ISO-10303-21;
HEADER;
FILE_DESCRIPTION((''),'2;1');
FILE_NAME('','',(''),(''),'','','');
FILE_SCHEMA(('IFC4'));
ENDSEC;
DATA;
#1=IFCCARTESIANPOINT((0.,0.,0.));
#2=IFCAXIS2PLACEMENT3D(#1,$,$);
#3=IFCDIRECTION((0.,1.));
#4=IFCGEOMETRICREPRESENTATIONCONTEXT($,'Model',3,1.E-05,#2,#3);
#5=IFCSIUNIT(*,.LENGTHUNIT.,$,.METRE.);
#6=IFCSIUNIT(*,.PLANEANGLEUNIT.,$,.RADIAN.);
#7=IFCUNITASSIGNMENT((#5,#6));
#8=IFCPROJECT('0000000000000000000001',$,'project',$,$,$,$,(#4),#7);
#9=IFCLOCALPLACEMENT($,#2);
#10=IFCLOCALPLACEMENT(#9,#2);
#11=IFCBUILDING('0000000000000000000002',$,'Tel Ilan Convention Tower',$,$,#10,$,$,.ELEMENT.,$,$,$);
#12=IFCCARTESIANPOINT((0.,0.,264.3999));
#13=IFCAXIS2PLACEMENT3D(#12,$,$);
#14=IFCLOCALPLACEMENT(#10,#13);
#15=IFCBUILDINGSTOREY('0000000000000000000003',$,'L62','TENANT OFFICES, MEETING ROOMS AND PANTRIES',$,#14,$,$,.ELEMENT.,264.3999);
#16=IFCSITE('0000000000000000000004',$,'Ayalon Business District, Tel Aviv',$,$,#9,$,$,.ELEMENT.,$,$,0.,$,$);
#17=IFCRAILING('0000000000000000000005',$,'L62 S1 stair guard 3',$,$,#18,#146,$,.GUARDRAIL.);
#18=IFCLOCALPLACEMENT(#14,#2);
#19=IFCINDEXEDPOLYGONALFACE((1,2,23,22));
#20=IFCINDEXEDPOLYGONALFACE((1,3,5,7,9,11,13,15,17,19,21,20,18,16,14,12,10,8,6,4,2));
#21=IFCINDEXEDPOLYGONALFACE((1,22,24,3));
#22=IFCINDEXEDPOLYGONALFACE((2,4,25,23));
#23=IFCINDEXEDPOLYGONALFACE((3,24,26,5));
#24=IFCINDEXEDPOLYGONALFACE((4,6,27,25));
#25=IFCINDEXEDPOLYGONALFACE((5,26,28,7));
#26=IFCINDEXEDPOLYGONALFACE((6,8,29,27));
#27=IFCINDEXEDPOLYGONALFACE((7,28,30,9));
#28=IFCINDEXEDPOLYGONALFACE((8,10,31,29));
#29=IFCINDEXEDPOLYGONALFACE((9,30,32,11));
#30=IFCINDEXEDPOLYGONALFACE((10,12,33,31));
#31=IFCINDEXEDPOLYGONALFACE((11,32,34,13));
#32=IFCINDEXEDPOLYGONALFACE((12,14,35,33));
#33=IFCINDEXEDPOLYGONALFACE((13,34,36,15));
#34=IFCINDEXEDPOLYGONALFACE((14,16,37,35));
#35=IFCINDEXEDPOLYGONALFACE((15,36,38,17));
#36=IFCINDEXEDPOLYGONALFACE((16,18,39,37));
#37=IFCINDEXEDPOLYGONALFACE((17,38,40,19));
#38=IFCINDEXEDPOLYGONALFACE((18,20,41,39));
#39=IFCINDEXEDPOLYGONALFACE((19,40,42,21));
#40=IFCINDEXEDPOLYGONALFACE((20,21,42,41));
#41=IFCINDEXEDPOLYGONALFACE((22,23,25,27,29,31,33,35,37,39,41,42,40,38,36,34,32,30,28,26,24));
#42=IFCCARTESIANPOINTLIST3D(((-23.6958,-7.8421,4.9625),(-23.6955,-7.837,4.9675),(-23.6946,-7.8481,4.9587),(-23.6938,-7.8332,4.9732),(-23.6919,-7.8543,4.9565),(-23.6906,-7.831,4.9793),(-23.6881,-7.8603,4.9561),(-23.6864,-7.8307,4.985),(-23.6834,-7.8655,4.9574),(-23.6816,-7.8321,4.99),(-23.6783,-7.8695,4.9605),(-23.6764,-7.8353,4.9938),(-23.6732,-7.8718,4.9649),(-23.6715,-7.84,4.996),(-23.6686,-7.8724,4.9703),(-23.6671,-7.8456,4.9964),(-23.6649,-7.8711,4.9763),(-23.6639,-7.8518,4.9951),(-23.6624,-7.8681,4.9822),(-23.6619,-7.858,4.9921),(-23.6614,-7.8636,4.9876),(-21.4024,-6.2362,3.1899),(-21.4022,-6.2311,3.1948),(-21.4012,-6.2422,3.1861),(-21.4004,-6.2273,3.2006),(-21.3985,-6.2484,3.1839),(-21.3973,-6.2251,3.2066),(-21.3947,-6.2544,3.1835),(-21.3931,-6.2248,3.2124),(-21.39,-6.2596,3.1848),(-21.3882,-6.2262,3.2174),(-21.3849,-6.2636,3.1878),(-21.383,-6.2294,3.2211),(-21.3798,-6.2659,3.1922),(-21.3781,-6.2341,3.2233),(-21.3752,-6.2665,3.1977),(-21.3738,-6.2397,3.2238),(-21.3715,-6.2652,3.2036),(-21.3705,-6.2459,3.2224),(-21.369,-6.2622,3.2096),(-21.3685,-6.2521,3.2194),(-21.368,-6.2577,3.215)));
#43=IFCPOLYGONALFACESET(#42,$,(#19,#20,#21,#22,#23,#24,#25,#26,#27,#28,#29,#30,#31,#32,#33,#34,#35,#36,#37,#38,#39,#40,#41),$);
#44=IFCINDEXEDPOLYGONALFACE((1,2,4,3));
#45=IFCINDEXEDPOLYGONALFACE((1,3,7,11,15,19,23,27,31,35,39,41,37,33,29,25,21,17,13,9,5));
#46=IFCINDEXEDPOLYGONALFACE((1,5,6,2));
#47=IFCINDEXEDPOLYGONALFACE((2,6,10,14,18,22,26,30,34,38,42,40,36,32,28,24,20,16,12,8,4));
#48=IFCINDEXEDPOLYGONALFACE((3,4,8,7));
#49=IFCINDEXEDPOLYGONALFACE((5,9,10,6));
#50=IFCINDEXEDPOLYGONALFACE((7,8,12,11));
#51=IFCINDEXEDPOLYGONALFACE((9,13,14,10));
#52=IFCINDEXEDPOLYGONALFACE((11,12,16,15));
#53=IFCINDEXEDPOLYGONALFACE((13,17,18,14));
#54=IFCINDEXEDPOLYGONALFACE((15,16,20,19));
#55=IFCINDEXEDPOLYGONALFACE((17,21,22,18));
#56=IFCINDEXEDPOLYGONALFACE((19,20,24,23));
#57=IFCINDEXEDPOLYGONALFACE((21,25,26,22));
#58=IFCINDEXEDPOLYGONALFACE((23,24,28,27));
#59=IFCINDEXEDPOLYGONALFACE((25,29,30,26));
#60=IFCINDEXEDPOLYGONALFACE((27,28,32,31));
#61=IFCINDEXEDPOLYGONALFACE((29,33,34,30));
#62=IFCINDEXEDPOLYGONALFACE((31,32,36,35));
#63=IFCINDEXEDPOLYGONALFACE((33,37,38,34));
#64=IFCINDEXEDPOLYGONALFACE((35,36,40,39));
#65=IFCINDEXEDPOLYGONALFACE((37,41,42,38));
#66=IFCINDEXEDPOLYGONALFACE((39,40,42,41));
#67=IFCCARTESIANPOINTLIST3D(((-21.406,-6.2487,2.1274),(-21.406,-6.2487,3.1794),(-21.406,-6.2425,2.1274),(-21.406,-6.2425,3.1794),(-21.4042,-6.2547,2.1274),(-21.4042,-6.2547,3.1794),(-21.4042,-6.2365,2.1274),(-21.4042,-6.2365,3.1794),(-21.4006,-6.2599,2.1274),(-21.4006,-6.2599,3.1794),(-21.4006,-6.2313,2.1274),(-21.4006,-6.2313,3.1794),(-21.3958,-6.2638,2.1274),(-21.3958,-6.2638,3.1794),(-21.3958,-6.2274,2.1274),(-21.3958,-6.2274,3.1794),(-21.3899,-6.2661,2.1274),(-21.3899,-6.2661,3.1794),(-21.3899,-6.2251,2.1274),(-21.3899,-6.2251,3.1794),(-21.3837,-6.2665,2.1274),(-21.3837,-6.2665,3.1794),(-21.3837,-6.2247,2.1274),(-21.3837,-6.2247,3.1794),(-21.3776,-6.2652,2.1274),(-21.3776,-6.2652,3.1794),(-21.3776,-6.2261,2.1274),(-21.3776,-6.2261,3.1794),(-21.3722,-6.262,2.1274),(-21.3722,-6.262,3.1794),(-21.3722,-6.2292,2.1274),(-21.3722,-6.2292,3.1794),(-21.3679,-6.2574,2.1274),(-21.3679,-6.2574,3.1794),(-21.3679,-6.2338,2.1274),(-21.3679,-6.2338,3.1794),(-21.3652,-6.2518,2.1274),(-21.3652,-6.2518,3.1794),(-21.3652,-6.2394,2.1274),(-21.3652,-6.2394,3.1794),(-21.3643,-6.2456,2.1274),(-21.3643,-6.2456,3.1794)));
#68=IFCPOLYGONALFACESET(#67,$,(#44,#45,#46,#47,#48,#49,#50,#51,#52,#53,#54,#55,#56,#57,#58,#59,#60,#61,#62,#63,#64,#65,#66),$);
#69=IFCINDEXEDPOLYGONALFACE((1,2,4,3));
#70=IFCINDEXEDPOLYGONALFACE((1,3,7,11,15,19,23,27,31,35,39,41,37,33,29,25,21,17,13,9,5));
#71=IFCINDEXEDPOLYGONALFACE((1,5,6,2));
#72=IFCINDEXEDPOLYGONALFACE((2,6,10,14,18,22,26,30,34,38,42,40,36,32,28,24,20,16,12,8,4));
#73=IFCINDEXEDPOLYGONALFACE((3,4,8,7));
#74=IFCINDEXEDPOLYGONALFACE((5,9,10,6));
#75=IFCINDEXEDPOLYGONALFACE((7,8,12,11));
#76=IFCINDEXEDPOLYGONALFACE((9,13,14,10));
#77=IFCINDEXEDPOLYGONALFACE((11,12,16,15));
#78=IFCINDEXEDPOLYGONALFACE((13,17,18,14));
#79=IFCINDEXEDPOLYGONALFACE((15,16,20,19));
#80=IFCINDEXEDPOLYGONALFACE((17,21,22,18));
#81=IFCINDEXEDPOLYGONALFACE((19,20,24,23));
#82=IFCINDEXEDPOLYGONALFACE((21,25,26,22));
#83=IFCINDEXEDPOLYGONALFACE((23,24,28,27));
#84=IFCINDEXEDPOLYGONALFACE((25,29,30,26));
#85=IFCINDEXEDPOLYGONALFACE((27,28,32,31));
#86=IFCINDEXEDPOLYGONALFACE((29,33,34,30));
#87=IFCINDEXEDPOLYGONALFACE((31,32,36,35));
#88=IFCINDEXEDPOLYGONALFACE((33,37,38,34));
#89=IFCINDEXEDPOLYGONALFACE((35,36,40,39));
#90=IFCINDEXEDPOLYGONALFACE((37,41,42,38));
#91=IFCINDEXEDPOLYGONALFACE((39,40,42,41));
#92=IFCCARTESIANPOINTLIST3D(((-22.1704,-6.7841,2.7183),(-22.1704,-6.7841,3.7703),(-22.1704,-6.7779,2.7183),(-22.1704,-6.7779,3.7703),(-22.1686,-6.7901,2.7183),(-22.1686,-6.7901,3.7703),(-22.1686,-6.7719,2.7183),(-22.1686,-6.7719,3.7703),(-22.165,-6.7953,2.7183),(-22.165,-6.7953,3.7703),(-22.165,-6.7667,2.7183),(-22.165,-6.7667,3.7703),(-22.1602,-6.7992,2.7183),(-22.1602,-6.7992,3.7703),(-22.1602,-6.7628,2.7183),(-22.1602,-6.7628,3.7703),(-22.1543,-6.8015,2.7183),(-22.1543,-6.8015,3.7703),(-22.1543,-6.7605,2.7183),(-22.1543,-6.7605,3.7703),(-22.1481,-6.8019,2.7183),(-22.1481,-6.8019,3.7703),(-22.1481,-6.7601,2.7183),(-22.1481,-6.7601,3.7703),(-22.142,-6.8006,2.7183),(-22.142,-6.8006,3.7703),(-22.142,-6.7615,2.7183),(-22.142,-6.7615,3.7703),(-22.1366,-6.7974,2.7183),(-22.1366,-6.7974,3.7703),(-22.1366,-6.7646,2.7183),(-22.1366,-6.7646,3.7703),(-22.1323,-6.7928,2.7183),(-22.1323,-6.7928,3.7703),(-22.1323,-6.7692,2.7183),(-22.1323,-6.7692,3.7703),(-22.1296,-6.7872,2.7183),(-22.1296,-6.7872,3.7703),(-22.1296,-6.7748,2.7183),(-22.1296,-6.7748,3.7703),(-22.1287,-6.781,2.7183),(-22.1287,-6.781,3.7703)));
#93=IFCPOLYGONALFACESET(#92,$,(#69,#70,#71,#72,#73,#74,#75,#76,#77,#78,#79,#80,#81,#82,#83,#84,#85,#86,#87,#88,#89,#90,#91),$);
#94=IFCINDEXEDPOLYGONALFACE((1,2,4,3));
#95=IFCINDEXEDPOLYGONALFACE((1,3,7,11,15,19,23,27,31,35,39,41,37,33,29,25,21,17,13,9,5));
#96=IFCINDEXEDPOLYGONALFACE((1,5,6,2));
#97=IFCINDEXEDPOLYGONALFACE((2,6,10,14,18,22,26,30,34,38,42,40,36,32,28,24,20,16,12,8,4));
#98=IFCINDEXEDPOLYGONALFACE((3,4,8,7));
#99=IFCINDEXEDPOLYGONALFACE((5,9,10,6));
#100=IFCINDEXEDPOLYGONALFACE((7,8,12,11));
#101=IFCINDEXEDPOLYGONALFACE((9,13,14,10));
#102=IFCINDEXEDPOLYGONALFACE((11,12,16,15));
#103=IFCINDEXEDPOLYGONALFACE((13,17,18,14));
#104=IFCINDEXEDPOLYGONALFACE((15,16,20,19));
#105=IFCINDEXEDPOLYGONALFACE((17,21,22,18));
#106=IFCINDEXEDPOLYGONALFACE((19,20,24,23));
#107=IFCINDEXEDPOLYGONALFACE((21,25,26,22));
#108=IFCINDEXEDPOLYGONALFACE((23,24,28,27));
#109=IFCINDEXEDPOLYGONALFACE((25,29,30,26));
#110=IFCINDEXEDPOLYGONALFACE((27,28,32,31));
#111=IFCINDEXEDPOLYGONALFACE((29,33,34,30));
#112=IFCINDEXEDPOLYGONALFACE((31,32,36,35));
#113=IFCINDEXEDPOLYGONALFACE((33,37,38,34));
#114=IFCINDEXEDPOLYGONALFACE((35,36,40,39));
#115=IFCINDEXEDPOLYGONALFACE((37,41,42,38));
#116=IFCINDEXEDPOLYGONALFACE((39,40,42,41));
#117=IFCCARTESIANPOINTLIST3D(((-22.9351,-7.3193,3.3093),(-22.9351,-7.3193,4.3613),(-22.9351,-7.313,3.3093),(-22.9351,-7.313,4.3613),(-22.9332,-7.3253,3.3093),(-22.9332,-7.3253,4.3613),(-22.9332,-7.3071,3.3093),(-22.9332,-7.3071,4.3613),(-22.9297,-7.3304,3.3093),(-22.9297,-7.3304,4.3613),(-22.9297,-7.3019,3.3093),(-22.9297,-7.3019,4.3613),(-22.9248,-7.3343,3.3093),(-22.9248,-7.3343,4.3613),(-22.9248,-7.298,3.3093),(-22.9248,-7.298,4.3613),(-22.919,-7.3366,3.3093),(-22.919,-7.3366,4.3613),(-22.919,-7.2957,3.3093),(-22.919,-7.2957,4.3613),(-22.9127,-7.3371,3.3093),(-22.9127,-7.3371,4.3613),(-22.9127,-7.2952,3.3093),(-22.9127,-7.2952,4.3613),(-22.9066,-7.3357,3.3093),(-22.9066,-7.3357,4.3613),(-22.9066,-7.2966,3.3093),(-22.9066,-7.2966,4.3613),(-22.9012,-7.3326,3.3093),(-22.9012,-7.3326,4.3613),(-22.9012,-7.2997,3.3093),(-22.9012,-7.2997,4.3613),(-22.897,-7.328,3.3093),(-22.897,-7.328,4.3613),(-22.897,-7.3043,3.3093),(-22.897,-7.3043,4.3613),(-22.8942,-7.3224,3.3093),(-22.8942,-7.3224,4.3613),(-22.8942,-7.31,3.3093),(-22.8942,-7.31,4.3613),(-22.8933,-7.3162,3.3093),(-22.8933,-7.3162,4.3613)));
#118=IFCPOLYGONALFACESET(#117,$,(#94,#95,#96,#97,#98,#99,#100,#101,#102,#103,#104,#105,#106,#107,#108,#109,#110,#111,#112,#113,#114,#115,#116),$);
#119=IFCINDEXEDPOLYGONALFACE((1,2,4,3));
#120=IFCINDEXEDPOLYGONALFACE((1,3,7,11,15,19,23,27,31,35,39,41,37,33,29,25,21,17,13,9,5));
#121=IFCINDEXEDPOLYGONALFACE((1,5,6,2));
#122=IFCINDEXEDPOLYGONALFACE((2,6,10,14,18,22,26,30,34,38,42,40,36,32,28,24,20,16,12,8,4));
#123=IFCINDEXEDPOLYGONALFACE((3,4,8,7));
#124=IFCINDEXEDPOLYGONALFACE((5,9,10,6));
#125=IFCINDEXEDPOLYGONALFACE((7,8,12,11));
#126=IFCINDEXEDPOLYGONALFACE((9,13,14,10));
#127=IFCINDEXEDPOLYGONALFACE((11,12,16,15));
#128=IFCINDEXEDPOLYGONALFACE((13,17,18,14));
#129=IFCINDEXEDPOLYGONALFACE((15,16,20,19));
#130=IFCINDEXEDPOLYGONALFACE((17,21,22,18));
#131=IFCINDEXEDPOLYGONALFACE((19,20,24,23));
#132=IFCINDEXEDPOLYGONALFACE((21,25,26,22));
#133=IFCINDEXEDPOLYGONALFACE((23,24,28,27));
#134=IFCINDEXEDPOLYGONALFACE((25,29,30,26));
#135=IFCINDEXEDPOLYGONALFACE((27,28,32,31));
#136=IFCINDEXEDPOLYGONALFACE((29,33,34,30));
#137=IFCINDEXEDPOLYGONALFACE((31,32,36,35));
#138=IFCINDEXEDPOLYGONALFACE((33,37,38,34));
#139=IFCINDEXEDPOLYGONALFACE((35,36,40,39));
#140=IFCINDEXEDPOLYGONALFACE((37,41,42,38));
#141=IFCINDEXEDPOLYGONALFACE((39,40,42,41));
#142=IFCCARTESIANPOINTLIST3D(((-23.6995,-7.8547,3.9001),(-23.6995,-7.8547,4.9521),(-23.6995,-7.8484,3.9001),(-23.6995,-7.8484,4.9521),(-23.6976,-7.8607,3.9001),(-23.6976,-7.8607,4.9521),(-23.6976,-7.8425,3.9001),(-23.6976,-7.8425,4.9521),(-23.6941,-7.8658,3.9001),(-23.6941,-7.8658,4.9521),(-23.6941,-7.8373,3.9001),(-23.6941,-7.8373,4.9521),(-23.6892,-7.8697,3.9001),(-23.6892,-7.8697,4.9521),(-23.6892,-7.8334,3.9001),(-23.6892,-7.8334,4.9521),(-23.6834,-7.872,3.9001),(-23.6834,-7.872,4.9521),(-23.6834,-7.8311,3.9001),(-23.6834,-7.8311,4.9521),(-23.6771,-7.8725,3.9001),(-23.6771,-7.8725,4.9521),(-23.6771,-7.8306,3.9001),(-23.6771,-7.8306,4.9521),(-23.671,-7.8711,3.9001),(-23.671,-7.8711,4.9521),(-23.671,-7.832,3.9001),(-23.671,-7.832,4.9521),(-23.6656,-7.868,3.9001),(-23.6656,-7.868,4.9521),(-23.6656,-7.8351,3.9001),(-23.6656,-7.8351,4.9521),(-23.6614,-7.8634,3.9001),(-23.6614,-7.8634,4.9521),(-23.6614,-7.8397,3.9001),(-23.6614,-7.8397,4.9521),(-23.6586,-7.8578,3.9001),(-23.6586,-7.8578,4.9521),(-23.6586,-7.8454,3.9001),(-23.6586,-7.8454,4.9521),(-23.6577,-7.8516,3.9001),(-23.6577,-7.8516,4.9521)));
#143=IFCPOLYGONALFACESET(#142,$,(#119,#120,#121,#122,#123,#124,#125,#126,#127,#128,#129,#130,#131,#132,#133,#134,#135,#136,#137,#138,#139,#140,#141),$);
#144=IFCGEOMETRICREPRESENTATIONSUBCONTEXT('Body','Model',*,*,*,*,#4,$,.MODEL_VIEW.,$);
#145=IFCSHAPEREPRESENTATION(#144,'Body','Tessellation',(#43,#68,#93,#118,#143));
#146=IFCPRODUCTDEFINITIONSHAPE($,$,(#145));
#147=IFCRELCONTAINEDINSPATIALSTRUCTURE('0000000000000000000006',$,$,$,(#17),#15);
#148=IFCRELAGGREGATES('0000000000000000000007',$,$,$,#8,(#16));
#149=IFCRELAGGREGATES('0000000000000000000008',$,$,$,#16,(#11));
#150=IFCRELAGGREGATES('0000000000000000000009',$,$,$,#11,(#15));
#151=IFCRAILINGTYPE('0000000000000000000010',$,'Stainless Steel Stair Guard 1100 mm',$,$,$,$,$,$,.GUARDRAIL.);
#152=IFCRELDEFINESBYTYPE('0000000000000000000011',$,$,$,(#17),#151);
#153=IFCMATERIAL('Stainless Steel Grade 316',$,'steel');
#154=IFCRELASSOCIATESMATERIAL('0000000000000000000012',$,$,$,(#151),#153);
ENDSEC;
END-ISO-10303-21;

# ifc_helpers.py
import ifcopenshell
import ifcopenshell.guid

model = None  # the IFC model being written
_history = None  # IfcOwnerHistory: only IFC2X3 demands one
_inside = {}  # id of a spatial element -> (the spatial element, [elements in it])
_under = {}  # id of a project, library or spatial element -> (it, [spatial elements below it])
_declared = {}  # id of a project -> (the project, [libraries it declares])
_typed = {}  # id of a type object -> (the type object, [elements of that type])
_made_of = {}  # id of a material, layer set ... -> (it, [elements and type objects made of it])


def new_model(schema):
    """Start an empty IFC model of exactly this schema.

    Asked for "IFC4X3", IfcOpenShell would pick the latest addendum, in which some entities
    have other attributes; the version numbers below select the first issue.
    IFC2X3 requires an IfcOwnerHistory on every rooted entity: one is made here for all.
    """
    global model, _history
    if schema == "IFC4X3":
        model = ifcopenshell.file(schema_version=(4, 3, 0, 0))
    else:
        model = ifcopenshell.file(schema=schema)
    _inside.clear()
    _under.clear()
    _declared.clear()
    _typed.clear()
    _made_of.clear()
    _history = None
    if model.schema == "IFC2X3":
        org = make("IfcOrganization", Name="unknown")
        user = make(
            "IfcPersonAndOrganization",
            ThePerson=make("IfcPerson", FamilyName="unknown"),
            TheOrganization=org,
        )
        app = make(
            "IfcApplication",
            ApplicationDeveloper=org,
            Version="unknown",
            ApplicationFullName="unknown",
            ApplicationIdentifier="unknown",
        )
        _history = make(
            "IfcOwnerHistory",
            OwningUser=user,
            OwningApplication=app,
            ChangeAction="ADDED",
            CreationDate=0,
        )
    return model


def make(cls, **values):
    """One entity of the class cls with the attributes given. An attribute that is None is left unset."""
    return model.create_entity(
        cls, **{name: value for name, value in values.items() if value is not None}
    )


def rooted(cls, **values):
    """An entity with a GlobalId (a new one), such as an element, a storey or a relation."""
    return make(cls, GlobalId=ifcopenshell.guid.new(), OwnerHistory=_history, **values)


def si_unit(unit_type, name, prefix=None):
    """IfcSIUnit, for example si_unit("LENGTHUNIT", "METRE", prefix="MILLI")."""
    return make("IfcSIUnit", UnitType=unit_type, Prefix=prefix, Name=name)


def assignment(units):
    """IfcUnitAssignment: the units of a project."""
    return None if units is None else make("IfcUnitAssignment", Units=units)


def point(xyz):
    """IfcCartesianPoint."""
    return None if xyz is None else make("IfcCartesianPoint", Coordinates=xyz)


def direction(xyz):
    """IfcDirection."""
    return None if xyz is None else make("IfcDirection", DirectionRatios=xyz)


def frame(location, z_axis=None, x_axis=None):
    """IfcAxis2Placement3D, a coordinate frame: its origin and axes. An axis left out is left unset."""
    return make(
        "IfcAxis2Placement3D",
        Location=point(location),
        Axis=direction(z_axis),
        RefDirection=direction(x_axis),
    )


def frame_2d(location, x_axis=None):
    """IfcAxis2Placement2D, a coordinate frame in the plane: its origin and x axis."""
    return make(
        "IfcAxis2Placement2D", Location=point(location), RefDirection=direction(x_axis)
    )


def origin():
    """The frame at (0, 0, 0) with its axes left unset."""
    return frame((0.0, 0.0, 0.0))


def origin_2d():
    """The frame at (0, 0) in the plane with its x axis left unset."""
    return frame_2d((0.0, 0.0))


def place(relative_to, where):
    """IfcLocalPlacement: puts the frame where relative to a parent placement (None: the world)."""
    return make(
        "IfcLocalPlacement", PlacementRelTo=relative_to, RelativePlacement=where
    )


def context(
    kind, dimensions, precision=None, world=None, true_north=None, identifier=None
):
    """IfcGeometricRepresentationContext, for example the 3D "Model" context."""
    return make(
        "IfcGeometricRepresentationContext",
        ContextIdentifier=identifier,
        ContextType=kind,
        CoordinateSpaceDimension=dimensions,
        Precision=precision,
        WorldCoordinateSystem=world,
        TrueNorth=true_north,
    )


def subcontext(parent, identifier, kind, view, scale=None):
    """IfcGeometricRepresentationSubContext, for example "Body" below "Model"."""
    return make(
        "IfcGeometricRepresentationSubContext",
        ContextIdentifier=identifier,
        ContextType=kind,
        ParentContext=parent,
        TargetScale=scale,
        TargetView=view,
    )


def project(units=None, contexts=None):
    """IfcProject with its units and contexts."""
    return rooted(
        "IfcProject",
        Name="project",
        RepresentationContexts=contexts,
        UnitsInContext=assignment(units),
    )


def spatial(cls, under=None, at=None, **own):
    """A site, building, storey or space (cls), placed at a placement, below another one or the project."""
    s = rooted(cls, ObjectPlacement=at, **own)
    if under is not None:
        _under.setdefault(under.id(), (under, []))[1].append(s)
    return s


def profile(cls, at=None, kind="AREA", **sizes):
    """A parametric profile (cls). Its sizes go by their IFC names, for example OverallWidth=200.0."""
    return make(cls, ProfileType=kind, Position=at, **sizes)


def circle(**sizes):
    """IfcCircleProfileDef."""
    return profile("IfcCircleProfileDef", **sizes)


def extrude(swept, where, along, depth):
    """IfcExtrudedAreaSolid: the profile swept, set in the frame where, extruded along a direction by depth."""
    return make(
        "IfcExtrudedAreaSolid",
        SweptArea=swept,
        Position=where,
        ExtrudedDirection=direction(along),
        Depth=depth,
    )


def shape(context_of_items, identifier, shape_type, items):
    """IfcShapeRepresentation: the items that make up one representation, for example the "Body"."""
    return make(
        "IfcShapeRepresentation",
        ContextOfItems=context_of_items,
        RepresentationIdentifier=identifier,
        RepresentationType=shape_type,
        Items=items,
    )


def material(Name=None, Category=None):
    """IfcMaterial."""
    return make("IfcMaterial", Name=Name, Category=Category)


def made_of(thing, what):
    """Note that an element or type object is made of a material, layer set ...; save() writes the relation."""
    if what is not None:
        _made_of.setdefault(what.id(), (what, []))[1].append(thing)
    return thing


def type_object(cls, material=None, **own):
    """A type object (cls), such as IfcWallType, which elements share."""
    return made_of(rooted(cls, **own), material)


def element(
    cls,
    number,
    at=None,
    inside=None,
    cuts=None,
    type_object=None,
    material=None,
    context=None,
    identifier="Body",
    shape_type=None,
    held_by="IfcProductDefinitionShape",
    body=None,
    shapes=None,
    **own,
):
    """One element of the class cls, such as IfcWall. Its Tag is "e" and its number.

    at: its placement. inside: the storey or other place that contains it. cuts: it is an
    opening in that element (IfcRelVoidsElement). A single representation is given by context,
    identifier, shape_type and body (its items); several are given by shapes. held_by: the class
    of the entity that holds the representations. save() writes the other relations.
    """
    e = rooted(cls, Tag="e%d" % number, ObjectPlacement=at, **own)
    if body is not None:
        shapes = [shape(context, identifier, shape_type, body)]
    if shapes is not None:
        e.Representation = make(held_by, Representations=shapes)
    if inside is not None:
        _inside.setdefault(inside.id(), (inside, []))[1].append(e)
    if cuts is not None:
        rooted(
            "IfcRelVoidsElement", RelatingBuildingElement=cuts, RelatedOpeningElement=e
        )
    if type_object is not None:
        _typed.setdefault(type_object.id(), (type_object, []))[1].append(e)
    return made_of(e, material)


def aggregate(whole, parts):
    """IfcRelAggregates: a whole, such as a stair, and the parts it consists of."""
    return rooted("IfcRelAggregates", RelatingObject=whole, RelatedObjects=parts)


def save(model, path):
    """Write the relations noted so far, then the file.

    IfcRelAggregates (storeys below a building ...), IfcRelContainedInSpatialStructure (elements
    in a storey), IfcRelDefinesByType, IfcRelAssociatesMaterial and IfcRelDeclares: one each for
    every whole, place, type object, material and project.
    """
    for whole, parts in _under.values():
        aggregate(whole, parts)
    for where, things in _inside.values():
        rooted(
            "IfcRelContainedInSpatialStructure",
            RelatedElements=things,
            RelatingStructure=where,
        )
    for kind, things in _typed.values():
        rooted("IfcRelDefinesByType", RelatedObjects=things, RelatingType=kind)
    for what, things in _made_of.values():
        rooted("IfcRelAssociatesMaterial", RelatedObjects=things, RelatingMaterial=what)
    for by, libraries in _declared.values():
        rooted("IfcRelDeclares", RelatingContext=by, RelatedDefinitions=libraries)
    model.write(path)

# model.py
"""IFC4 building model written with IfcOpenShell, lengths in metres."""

from ifc_helpers import new_model, si_unit, direction, frame, origin, origin_2d, place, context, subcontext, project, spatial, circle, extrude, material, type_object, element, save


model = new_model("IFC4")

# Units and contexts
model_context = context("Model", 3, precision=1e-05, world=origin(), true_north=direction((0.0, 1.0)))
body_context = subcontext(model_context, "Body", "Model", "MODEL_VIEW")
ifc_project = project(units=[si_unit("LENGTHUNIT", "METRE"), si_unit("PLANEANGLEUNIT", "RADIAN")], contexts=[model_context])

# Site, building, storey
site_placement = place(None, origin())
site = spatial("IfcSite", under=ifc_project, at=site_placement, Name="Ayalon Business District, Tel Aviv", CompositionType="ELEMENT", RefElevation=0.0)
building_placement = place(site_placement, origin())
building = spatial("IfcBuilding", under=site, at=building_placement, Name="Tel Ilan Convention Tower", CompositionType="ELEMENT")
storey_placement = place(building_placement, frame((0.0, 0.0, 264.3999)))
storey = spatial("IfcBuildingStorey", under=building, at=storey_placement, Name="L62", Description="TENANT OFFICES, MEETING ROOMS AND PANTRIES", CompositionType="ELEMENT", Elevation=264.3999)

# Railing
ifc_material_1 = material(Name="Stainless Steel Grade 316", Category="steel")
railing_type_1 = type_object("IfcRailingType", Name="Stainless Steel Stair Guard 1100 mm", PredefinedType="GUARDRAIL", material=ifc_material_1)
railing_1_placement = place(storey_placement, frame((-21.3853, -6.2456, 2.1274)))
element("IfcRailing", 1, at=railing_1_placement, inside=storey, type_object=railing_type_1, Name="L62 S1 stair guard 3", PredefinedType="GUARDRAIL", context=body_context, shape_type="SweptSolid", body=[
    extrude(circle(Radius=0.0239, at=origin_2d()), frame((0.0, 0.0, 1.0762), z_axis=(-0.692085, -0.484621, 0.53494), x_axis=(0.573591, -0.819142, 0.0)), (0.0, 0.0, 1.0), 3.3137),
    extrude(circle(Radius=0.021, at=origin_2d()), origin(), (0.0, 0.0, 1.0), 1.052),
    extrude(circle(Radius=0.021, at=origin_2d()), frame((-0.7644, -0.5354, 0.5908)), (0.0, 0.0, 1.0), 1.052),
    extrude(circle(Radius=0.021, at=origin_2d()), frame((-1.5291, -1.0706, 1.1819)), (0.0, 0.0, 1.0), 1.052),
    extrude(circle(Radius=0.021, at=origin_2d()), frame((-2.2935, -1.606, 1.7727)), (0.0, 0.0, 1.0), 1.052),
])

save(model, "model.ifc")
